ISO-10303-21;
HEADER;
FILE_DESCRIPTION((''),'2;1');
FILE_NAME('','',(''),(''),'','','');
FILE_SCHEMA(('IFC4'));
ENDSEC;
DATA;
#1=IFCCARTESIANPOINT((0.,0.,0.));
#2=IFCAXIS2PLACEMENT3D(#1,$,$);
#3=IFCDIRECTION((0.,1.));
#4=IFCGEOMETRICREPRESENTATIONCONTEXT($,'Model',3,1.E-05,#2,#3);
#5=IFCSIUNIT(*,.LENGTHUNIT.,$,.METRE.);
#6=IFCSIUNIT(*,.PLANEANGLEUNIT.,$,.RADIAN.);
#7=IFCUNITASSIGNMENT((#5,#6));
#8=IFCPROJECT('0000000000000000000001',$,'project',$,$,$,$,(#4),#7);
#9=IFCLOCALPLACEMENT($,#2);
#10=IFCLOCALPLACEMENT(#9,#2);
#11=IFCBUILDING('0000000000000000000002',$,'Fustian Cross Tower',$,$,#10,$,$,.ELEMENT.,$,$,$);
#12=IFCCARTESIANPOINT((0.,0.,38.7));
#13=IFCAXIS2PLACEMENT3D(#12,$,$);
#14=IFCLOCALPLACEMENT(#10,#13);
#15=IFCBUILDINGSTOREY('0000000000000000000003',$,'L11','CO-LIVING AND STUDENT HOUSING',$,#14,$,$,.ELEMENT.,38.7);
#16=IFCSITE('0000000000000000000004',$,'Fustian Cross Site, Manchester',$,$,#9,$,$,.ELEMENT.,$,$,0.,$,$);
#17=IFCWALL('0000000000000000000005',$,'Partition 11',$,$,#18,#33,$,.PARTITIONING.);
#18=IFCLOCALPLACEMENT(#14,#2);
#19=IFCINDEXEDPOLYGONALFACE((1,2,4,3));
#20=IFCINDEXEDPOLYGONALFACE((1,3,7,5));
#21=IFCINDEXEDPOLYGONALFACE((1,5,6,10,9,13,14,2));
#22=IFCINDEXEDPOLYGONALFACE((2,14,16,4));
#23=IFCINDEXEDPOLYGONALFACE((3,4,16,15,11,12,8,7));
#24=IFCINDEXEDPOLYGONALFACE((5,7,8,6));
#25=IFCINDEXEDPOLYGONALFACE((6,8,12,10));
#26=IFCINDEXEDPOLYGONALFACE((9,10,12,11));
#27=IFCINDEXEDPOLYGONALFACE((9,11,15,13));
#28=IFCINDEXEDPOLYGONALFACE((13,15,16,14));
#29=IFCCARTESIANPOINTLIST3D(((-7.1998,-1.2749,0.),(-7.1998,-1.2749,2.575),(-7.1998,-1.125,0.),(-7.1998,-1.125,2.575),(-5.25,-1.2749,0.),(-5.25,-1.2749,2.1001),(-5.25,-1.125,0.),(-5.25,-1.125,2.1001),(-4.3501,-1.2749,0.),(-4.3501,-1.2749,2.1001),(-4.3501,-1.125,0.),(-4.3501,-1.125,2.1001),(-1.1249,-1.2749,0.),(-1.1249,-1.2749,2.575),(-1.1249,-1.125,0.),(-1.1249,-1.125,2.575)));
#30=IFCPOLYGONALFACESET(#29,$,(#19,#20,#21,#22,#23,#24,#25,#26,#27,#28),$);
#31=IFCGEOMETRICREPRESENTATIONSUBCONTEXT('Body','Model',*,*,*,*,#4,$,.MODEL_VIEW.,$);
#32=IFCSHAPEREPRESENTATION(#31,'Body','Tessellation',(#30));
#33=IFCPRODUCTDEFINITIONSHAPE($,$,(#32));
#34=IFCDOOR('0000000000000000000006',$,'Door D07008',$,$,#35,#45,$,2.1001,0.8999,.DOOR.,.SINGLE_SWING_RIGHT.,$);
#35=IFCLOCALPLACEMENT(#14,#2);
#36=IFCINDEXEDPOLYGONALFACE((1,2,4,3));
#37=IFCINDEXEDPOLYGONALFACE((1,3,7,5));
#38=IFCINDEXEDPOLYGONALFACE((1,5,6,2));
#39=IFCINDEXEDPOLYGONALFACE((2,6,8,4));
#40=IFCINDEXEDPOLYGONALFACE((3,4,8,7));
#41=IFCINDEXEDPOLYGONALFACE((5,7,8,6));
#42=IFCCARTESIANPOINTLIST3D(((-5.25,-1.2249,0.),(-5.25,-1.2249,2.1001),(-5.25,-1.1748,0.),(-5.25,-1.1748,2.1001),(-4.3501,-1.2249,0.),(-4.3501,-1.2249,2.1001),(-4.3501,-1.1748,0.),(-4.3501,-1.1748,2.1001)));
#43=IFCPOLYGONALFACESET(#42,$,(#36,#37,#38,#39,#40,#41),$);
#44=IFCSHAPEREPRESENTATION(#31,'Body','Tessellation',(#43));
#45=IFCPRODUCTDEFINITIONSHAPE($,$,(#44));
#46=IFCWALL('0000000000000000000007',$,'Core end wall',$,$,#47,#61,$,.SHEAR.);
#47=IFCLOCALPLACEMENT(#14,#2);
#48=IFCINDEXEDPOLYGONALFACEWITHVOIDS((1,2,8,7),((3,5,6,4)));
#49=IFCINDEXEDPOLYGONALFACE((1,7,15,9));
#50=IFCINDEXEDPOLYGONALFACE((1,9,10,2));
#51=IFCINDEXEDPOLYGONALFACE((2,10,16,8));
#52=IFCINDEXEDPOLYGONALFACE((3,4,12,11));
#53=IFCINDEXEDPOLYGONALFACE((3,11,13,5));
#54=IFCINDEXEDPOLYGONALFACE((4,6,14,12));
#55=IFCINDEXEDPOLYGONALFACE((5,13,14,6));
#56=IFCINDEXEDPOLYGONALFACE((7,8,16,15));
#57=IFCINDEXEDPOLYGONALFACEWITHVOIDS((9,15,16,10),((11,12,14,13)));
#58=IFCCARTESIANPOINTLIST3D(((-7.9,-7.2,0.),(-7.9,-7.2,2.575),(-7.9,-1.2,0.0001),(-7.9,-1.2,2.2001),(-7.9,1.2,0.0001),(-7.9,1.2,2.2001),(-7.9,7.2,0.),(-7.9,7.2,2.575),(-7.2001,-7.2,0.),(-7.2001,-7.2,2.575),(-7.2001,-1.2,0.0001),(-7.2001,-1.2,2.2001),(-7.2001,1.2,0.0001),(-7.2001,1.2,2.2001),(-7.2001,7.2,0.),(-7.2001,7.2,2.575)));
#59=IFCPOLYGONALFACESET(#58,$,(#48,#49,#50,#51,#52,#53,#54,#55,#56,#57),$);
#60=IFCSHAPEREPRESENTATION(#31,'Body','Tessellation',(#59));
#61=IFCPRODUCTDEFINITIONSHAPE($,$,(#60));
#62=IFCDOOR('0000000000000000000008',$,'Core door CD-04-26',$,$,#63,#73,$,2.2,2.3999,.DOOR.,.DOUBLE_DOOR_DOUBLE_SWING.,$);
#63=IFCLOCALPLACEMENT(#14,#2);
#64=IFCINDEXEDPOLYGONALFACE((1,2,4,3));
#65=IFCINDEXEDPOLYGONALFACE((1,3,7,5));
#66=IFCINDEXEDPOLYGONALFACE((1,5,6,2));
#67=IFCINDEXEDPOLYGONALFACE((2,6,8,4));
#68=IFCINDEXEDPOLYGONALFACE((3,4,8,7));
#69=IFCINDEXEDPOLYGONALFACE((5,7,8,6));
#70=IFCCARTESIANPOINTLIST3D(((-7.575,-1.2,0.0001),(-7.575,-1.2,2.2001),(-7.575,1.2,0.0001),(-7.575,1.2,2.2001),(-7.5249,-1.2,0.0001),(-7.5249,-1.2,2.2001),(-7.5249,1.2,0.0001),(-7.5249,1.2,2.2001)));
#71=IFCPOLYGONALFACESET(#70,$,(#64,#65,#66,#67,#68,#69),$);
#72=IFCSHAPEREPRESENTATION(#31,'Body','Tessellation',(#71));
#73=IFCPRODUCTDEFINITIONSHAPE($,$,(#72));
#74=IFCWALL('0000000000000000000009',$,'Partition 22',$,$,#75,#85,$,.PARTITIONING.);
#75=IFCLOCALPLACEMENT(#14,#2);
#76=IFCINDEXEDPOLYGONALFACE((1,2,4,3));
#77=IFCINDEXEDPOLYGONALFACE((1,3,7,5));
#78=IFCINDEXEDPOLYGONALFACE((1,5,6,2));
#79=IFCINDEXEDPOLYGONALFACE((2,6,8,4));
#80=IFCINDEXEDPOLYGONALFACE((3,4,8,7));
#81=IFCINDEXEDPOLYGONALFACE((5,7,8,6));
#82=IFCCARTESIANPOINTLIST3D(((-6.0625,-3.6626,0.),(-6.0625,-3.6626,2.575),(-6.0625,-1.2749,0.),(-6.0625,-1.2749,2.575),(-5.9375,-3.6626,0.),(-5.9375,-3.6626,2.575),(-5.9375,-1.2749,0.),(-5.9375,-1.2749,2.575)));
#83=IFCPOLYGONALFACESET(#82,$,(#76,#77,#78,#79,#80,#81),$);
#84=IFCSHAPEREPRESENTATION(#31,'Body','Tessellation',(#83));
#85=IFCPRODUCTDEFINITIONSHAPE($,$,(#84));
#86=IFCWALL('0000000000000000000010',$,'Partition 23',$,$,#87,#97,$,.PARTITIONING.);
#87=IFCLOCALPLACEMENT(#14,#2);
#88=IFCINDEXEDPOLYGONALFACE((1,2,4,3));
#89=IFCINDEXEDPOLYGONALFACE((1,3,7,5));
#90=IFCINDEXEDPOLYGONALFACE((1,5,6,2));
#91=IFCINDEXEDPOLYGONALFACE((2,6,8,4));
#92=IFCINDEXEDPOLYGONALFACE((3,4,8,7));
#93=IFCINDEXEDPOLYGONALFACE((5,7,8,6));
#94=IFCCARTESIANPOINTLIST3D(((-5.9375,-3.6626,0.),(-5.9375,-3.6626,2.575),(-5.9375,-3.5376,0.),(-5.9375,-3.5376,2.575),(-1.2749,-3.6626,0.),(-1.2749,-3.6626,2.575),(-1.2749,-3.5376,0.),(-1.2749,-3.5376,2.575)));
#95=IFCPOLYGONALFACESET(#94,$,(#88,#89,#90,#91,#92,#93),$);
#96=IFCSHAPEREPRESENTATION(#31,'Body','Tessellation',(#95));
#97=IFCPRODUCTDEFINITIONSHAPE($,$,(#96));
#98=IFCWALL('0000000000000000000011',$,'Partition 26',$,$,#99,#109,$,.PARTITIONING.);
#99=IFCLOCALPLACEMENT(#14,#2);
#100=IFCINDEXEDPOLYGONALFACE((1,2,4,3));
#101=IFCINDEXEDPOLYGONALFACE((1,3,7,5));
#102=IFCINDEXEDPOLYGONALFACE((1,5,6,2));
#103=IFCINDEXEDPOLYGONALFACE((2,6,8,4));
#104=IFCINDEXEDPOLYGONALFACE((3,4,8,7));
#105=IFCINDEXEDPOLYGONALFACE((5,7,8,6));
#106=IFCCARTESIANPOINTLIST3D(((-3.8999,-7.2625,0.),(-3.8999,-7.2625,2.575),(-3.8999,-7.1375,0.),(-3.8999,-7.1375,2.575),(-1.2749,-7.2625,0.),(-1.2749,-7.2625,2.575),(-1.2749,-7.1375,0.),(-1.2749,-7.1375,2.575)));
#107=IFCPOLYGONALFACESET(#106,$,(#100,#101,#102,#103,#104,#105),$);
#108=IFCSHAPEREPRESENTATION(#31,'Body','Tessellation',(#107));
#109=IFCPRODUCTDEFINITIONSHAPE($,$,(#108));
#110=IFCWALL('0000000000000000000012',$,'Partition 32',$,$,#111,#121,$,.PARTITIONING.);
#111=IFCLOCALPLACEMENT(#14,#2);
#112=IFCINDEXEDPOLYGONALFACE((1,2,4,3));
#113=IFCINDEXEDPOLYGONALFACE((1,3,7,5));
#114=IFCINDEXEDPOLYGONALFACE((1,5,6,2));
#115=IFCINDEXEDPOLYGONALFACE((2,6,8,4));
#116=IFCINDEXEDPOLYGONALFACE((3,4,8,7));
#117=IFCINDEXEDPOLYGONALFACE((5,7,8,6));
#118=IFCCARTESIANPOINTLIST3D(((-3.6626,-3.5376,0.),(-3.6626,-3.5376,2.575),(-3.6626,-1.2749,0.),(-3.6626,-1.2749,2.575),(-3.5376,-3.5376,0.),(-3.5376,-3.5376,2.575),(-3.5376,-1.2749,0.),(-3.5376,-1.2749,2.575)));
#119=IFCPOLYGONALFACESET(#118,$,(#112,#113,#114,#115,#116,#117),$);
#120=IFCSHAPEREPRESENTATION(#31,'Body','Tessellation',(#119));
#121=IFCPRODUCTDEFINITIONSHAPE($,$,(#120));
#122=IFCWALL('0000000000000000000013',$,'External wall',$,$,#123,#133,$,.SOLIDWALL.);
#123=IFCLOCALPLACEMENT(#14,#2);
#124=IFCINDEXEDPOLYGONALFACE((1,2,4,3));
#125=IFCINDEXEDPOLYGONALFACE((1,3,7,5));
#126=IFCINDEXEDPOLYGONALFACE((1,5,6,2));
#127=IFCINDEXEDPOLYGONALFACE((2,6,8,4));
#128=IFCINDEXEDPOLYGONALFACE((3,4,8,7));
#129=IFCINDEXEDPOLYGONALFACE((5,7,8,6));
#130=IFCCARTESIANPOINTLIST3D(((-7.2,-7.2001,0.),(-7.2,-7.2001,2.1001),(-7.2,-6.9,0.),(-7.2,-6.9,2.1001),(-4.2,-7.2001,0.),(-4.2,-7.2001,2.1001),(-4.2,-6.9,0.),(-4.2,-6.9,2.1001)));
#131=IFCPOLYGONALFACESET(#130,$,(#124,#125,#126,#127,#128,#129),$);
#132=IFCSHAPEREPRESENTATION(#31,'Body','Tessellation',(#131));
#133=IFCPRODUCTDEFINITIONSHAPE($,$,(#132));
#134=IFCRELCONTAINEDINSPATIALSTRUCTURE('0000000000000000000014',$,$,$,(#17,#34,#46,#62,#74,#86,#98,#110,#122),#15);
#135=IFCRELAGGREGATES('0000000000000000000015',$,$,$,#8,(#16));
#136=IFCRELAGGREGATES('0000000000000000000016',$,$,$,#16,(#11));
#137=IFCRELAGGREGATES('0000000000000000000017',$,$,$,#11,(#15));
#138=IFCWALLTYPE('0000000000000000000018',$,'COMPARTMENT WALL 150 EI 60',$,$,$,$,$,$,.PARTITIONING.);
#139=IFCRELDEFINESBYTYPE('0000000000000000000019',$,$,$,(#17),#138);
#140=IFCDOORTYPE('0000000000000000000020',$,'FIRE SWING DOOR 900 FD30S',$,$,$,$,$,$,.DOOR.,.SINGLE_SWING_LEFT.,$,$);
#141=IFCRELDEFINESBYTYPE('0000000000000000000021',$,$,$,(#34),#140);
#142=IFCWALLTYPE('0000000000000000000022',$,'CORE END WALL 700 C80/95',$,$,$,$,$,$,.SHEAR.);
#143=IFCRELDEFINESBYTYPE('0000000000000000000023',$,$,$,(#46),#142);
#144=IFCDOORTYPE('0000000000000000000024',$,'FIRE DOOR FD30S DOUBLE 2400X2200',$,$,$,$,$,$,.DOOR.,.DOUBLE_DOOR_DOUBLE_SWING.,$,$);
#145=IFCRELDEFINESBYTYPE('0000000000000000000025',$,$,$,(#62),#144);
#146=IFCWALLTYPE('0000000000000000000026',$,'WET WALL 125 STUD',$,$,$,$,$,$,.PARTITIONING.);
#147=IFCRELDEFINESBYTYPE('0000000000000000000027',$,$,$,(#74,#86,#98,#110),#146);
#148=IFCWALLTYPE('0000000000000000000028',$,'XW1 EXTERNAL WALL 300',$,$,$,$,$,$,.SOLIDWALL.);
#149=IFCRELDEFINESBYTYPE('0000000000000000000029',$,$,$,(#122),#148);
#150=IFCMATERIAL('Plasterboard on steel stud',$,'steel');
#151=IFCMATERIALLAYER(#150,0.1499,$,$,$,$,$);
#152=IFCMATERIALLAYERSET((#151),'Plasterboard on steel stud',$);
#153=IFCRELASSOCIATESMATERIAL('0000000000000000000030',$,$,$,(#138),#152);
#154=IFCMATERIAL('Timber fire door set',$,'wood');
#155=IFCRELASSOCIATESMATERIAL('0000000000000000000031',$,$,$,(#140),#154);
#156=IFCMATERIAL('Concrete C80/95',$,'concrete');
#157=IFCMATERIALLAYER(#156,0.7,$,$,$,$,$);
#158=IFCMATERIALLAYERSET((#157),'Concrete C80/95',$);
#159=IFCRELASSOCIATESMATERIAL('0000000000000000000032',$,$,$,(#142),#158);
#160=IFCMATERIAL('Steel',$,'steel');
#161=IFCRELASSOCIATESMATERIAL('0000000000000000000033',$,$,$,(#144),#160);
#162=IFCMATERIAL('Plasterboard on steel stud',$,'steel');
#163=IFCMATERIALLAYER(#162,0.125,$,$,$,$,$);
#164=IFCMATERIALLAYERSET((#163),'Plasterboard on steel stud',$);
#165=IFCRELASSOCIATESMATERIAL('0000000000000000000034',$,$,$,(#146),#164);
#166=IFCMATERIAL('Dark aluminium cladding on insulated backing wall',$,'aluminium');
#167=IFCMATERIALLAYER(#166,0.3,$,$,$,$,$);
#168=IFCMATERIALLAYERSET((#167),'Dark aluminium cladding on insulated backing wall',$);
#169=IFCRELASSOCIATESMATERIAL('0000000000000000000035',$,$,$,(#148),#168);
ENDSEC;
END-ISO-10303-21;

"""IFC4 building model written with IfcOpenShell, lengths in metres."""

from ifc_helpers import new_model, si_unit, direction, frame, frame_2d, origin, place, context, subcontext, project, spatial, rectangle, extrude, material, layer, layer_set, type_object, element, fill, save


model = new_model("IFC4")

# Units and contexts
model_context = context("Model", 3, precision=1e-05, world=origin(), true_north=direction((0.0, 1.0)))
body_context = subcontext(model_context, "Body", "Model", "MODEL_VIEW")
ifc_project = project(units=[si_unit("LENGTHUNIT", "METRE"), si_unit("PLANEANGLEUNIT", "RADIAN")], contexts=[model_context])

# Site, building, storey
site_placement = place(None, origin())
site = spatial("IfcSite", under=ifc_project, at=site_placement, Name="Fustian Cross Site, Manchester", CompositionType="ELEMENT", RefElevation=0.0)
building_placement = place(site_placement, origin())
building = spatial("IfcBuilding", under=site, at=building_placement, Name="Fustian Cross Tower", CompositionType="ELEMENT")
storey_placement = place(building_placement, frame((0.0, 0.0, 38.7)))
storey = spatial("IfcBuildingStorey", under=building, at=storey_placement, Name="L11", Description="CO-LIVING AND STUDENT HOUSING", CompositionType="ELEMENT", Elevation=38.7)

# Walls, openings, doors
ifc_material_1 = material(Name="Plasterboard on steel stud", Category="steel")
ifc_layer_1 = layer(ifc_material_1, 0.1499)
ifc_layer_set_1 = layer_set([ifc_layer_1], Name="Plasterboard on steel stud")
wall_type_1 = type_object("IfcWallType", Name="COMPARTMENT WALL 150 EI 60", PredefinedType="PARTITIONING", material=ifc_layer_set_1)
wall_1_placement = place(storey_placement, frame((-7.2, -1.2, 0.0), z_axis=(0.0, 0.0, 1.0), x_axis=(1.0, 0.0, 0.0)))
wall_1 = element("IfcWall", 1, at=wall_1_placement, inside=storey, type_object=wall_type_1, Name="Partition 11", PredefinedType="PARTITIONING", context=body_context, shape_type="SweptSolid", body=[
    extrude(rectangle(XDim=6.075, YDim=0.1499, at=frame_2d((3.0376, 0.0))), origin(), (0.0, 0.0, 1.0), 2.575),
])
opening_1_placement = place(wall_1_placement, frame((1.95, 0.0, 0.0)))
opening_1 = element("IfcOpeningElement", 2, at=opening_1_placement, cuts=wall_1, PredefinedType="OPENING", context=body_context, shape_type="SweptSolid", body=[
    extrude(rectangle(XDim=0.8999, YDim=2.1001, at=frame_2d((0.45, 1.05))), frame((0.0, 0.085, 0.0), z_axis=(0.0, -1.0, 0.0), x_axis=(1.0, 0.0, 0.0)), (0.0, 0.0, 1.0), 0.1699),
])
ifc_material_2 = material(Name="Timber fire door set", Category="wood")
door_type_1 = type_object("IfcDoorType", Name="FIRE SWING DOOR 900 FD30S", OperationType="SINGLE_SWING_LEFT", PredefinedType="DOOR", material=ifc_material_2)
door_1_placement = place(opening_1_placement, frame((0.8999, 0.0, 0.0), z_axis=(0.0, 0.0, 1.0), x_axis=(-1.0, 0.0, 0.0)))
door_1 = element("IfcDoor", 3, at=door_1_placement, inside=storey, type_object=door_type_1, Name="Door D07008", OperationType="SINGLE_SWING_RIGHT", OverallHeight=2.1001, OverallWidth=0.8999, PredefinedType="DOOR", context=body_context, shape_type="SweptSolid", body=[
    extrude(rectangle(XDim=0.8999, YDim=2.1001, at=frame_2d((0.45, 1.05))), frame((0.0, 0.0249, 0.0), z_axis=(0.0, -1.0, 0.0), x_axis=(1.0, 0.0, 0.0)), (0.0, 0.0, 1.0), 0.05),
])
fill(opening_1, door_1)
ifc_material_3 = material(Name="Concrete C80/95", Category="concrete")
ifc_layer_2 = layer(ifc_material_3, 0.7)
ifc_layer_set_2 = layer_set([ifc_layer_2], Name="Concrete C80/95")
wall_type_2 = type_object("IfcWallType", Name="CORE END WALL 700 C80/95", PredefinedType="SHEAR", material=ifc_layer_set_2)
wall_2_placement = place(storey_placement, frame((-7.55, -7.2, 0.0), z_axis=(0.0, 0.0, 1.0), x_axis=(0.0, 1.0, 0.0)))
wall_2 = element("IfcWall", 4, at=wall_2_placement, inside=storey, type_object=wall_type_2, Name="Core end wall", PredefinedType="SHEAR", context=body_context, shape_type="SweptSolid", body=[
    extrude(rectangle(XDim=14.3999, YDim=0.7, at=frame_2d((7.2, 0.0))), origin(), (0.0, 0.0, 1.0), 2.575),
])
opening_2_placement = place(wall_2_placement, frame((6.0, 0.0, 0.0)))
opening_2 = element("IfcOpeningElement", 5, at=opening_2_placement, cuts=wall_2, PredefinedType="OPENING", context=body_context, shape_type="SweptSolid", body=[
    extrude(rectangle(XDim=2.3999, YDim=2.2, at=frame_2d((1.2, 1.1001))), frame((0.0, 0.3599, 0.0), z_axis=(0.0, -1.0, 0.0), x_axis=(1.0, 0.0, 0.0)), (0.0, 0.0, 1.0), 0.72),
])
ifc_material_4 = material(Name="Steel", Category="steel")
door_type_2 = type_object("IfcDoorType", Name="FIRE DOOR FD30S DOUBLE 2400X2200", OperationType="DOUBLE_DOOR_DOUBLE_SWING", PredefinedType="DOOR", material=ifc_material_4)
door_2_placement = place(opening_2_placement, origin())
door_2 = element("IfcDoor", 6, at=door_2_placement, inside=storey, type_object=door_type_2, Name="Core door CD-04-26", OperationType="DOUBLE_DOOR_DOUBLE_SWING", OverallHeight=2.2, OverallWidth=2.3999, PredefinedType="DOOR", context=body_context, shape_type="SweptSolid", body=[
    extrude(rectangle(XDim=2.3999, YDim=2.2, at=frame_2d((1.2, 1.1001))), frame((0.0, 0.0249, 0.0), z_axis=(0.0, -1.0, 0.0), x_axis=(1.0, 0.0, 0.0)), (0.0, 0.0, 1.0), 0.05),
])
fill(opening_2, door_2)

# Walls
ifc_material_5 = material(Name="Plasterboard on steel stud", Category="steel")
ifc_layer_3 = layer(ifc_material_5, 0.125)
ifc_layer_set_3 = layer_set([ifc_layer_3], Name="Plasterboard on steel stud")
wall_type_3 = type_object("IfcWallType", Name="WET WALL 125 STUD", PredefinedType="PARTITIONING", material=ifc_layer_set_3)
wall_3_placement = place(storey_placement, frame((-6.0, -3.6626, 0.0), z_axis=(0.0, 0.0, 1.0), x_axis=(0.0, 1.0, 0.0)))
element("IfcWall", 7, at=wall_3_placement, inside=storey, type_object=wall_type_3, Name="Partition 22", PredefinedType="PARTITIONING", context=body_context, shape_type="SweptSolid", body=[
    extrude(rectangle(XDim=2.3877, YDim=0.125, at=frame_2d((1.1938, 0.0))), origin(), (0.0, 0.0, 1.0), 2.575),
])
wall_4_placement = place(storey_placement, frame((-5.9375, -3.6001, 0.0), z_axis=(0.0, 0.0, 1.0), x_axis=(1.0, 0.0, 0.0)))
element("IfcWall", 8, at=wall_4_placement, inside=storey, type_object=wall_type_3, Name="Partition 23", PredefinedType="PARTITIONING", context=body_context, shape_type="SweptSolid", body=[
    extrude(rectangle(XDim=4.6626, YDim=0.125, at=frame_2d((2.3313, 0.0))), origin(), (0.0, 0.0, 1.0), 2.575),
])
wall_5_placement = place(storey_placement, frame((-3.8999, -7.2, 0.0), z_axis=(0.0, 0.0, 1.0), x_axis=(1.0, 0.0, 0.0)))
element("IfcWall", 9, at=wall_5_placement, inside=storey, type_object=wall_type_3, Name="Partition 26", PredefinedType="PARTITIONING", context=body_context, shape_type="SweptSolid", body=[
    extrude(rectangle(XDim=2.625, YDim=0.125, at=frame_2d((1.3125, 0.0))), origin(), (0.0, 0.0, 1.0), 2.575),
])
wall_6_placement = place(storey_placement, frame((-3.6001, -3.5376, 0.0), z_axis=(0.0, 0.0, 1.0), x_axis=(0.0, 1.0, 0.0)))
element("IfcWall", 10, at=wall_6_placement, inside=storey, type_object=wall_type_3, Name="Partition 32", PredefinedType="PARTITIONING", context=body_context, shape_type="SweptSolid", body=[
    extrude(rectangle(XDim=2.2627, YDim=0.125, at=frame_2d((1.1313, 0.0))), origin(), (0.0, 0.0, 1.0), 2.575),
])
ifc_material_6 = material(Name="Dark aluminium cladding on insulated backing wall", Category="aluminium")
ifc_layer_4 = layer(ifc_material_6, 0.3)
ifc_layer_set_4 = layer_set([ifc_layer_4], Name="Dark aluminium cladding on insulated backing wall")
wall_type_4 = type_object("IfcWallType", Name="XW1 EXTERNAL WALL 300", PredefinedType="SOLIDWALL", material=ifc_layer_set_4)
wall_7_placement = place(storey_placement, frame((-7.2, -7.05, 0.0), z_axis=(0.0, 0.0, 1.0), x_axis=(1.0, 0.0, 0.0)))
element("IfcWall", 11, at=wall_7_placement, inside=storey, type_object=wall_type_4, Name="External wall", PredefinedType="SOLIDWALL", context=body_context, shape_type="SweptSolid", body=[
    extrude(rectangle(XDim=3.0, YDim=0.3, at=frame_2d((1.5, 0.0))), origin(), (0.0, 0.0, 1.0), 2.1001),
])

save(model, "model.ifc")
